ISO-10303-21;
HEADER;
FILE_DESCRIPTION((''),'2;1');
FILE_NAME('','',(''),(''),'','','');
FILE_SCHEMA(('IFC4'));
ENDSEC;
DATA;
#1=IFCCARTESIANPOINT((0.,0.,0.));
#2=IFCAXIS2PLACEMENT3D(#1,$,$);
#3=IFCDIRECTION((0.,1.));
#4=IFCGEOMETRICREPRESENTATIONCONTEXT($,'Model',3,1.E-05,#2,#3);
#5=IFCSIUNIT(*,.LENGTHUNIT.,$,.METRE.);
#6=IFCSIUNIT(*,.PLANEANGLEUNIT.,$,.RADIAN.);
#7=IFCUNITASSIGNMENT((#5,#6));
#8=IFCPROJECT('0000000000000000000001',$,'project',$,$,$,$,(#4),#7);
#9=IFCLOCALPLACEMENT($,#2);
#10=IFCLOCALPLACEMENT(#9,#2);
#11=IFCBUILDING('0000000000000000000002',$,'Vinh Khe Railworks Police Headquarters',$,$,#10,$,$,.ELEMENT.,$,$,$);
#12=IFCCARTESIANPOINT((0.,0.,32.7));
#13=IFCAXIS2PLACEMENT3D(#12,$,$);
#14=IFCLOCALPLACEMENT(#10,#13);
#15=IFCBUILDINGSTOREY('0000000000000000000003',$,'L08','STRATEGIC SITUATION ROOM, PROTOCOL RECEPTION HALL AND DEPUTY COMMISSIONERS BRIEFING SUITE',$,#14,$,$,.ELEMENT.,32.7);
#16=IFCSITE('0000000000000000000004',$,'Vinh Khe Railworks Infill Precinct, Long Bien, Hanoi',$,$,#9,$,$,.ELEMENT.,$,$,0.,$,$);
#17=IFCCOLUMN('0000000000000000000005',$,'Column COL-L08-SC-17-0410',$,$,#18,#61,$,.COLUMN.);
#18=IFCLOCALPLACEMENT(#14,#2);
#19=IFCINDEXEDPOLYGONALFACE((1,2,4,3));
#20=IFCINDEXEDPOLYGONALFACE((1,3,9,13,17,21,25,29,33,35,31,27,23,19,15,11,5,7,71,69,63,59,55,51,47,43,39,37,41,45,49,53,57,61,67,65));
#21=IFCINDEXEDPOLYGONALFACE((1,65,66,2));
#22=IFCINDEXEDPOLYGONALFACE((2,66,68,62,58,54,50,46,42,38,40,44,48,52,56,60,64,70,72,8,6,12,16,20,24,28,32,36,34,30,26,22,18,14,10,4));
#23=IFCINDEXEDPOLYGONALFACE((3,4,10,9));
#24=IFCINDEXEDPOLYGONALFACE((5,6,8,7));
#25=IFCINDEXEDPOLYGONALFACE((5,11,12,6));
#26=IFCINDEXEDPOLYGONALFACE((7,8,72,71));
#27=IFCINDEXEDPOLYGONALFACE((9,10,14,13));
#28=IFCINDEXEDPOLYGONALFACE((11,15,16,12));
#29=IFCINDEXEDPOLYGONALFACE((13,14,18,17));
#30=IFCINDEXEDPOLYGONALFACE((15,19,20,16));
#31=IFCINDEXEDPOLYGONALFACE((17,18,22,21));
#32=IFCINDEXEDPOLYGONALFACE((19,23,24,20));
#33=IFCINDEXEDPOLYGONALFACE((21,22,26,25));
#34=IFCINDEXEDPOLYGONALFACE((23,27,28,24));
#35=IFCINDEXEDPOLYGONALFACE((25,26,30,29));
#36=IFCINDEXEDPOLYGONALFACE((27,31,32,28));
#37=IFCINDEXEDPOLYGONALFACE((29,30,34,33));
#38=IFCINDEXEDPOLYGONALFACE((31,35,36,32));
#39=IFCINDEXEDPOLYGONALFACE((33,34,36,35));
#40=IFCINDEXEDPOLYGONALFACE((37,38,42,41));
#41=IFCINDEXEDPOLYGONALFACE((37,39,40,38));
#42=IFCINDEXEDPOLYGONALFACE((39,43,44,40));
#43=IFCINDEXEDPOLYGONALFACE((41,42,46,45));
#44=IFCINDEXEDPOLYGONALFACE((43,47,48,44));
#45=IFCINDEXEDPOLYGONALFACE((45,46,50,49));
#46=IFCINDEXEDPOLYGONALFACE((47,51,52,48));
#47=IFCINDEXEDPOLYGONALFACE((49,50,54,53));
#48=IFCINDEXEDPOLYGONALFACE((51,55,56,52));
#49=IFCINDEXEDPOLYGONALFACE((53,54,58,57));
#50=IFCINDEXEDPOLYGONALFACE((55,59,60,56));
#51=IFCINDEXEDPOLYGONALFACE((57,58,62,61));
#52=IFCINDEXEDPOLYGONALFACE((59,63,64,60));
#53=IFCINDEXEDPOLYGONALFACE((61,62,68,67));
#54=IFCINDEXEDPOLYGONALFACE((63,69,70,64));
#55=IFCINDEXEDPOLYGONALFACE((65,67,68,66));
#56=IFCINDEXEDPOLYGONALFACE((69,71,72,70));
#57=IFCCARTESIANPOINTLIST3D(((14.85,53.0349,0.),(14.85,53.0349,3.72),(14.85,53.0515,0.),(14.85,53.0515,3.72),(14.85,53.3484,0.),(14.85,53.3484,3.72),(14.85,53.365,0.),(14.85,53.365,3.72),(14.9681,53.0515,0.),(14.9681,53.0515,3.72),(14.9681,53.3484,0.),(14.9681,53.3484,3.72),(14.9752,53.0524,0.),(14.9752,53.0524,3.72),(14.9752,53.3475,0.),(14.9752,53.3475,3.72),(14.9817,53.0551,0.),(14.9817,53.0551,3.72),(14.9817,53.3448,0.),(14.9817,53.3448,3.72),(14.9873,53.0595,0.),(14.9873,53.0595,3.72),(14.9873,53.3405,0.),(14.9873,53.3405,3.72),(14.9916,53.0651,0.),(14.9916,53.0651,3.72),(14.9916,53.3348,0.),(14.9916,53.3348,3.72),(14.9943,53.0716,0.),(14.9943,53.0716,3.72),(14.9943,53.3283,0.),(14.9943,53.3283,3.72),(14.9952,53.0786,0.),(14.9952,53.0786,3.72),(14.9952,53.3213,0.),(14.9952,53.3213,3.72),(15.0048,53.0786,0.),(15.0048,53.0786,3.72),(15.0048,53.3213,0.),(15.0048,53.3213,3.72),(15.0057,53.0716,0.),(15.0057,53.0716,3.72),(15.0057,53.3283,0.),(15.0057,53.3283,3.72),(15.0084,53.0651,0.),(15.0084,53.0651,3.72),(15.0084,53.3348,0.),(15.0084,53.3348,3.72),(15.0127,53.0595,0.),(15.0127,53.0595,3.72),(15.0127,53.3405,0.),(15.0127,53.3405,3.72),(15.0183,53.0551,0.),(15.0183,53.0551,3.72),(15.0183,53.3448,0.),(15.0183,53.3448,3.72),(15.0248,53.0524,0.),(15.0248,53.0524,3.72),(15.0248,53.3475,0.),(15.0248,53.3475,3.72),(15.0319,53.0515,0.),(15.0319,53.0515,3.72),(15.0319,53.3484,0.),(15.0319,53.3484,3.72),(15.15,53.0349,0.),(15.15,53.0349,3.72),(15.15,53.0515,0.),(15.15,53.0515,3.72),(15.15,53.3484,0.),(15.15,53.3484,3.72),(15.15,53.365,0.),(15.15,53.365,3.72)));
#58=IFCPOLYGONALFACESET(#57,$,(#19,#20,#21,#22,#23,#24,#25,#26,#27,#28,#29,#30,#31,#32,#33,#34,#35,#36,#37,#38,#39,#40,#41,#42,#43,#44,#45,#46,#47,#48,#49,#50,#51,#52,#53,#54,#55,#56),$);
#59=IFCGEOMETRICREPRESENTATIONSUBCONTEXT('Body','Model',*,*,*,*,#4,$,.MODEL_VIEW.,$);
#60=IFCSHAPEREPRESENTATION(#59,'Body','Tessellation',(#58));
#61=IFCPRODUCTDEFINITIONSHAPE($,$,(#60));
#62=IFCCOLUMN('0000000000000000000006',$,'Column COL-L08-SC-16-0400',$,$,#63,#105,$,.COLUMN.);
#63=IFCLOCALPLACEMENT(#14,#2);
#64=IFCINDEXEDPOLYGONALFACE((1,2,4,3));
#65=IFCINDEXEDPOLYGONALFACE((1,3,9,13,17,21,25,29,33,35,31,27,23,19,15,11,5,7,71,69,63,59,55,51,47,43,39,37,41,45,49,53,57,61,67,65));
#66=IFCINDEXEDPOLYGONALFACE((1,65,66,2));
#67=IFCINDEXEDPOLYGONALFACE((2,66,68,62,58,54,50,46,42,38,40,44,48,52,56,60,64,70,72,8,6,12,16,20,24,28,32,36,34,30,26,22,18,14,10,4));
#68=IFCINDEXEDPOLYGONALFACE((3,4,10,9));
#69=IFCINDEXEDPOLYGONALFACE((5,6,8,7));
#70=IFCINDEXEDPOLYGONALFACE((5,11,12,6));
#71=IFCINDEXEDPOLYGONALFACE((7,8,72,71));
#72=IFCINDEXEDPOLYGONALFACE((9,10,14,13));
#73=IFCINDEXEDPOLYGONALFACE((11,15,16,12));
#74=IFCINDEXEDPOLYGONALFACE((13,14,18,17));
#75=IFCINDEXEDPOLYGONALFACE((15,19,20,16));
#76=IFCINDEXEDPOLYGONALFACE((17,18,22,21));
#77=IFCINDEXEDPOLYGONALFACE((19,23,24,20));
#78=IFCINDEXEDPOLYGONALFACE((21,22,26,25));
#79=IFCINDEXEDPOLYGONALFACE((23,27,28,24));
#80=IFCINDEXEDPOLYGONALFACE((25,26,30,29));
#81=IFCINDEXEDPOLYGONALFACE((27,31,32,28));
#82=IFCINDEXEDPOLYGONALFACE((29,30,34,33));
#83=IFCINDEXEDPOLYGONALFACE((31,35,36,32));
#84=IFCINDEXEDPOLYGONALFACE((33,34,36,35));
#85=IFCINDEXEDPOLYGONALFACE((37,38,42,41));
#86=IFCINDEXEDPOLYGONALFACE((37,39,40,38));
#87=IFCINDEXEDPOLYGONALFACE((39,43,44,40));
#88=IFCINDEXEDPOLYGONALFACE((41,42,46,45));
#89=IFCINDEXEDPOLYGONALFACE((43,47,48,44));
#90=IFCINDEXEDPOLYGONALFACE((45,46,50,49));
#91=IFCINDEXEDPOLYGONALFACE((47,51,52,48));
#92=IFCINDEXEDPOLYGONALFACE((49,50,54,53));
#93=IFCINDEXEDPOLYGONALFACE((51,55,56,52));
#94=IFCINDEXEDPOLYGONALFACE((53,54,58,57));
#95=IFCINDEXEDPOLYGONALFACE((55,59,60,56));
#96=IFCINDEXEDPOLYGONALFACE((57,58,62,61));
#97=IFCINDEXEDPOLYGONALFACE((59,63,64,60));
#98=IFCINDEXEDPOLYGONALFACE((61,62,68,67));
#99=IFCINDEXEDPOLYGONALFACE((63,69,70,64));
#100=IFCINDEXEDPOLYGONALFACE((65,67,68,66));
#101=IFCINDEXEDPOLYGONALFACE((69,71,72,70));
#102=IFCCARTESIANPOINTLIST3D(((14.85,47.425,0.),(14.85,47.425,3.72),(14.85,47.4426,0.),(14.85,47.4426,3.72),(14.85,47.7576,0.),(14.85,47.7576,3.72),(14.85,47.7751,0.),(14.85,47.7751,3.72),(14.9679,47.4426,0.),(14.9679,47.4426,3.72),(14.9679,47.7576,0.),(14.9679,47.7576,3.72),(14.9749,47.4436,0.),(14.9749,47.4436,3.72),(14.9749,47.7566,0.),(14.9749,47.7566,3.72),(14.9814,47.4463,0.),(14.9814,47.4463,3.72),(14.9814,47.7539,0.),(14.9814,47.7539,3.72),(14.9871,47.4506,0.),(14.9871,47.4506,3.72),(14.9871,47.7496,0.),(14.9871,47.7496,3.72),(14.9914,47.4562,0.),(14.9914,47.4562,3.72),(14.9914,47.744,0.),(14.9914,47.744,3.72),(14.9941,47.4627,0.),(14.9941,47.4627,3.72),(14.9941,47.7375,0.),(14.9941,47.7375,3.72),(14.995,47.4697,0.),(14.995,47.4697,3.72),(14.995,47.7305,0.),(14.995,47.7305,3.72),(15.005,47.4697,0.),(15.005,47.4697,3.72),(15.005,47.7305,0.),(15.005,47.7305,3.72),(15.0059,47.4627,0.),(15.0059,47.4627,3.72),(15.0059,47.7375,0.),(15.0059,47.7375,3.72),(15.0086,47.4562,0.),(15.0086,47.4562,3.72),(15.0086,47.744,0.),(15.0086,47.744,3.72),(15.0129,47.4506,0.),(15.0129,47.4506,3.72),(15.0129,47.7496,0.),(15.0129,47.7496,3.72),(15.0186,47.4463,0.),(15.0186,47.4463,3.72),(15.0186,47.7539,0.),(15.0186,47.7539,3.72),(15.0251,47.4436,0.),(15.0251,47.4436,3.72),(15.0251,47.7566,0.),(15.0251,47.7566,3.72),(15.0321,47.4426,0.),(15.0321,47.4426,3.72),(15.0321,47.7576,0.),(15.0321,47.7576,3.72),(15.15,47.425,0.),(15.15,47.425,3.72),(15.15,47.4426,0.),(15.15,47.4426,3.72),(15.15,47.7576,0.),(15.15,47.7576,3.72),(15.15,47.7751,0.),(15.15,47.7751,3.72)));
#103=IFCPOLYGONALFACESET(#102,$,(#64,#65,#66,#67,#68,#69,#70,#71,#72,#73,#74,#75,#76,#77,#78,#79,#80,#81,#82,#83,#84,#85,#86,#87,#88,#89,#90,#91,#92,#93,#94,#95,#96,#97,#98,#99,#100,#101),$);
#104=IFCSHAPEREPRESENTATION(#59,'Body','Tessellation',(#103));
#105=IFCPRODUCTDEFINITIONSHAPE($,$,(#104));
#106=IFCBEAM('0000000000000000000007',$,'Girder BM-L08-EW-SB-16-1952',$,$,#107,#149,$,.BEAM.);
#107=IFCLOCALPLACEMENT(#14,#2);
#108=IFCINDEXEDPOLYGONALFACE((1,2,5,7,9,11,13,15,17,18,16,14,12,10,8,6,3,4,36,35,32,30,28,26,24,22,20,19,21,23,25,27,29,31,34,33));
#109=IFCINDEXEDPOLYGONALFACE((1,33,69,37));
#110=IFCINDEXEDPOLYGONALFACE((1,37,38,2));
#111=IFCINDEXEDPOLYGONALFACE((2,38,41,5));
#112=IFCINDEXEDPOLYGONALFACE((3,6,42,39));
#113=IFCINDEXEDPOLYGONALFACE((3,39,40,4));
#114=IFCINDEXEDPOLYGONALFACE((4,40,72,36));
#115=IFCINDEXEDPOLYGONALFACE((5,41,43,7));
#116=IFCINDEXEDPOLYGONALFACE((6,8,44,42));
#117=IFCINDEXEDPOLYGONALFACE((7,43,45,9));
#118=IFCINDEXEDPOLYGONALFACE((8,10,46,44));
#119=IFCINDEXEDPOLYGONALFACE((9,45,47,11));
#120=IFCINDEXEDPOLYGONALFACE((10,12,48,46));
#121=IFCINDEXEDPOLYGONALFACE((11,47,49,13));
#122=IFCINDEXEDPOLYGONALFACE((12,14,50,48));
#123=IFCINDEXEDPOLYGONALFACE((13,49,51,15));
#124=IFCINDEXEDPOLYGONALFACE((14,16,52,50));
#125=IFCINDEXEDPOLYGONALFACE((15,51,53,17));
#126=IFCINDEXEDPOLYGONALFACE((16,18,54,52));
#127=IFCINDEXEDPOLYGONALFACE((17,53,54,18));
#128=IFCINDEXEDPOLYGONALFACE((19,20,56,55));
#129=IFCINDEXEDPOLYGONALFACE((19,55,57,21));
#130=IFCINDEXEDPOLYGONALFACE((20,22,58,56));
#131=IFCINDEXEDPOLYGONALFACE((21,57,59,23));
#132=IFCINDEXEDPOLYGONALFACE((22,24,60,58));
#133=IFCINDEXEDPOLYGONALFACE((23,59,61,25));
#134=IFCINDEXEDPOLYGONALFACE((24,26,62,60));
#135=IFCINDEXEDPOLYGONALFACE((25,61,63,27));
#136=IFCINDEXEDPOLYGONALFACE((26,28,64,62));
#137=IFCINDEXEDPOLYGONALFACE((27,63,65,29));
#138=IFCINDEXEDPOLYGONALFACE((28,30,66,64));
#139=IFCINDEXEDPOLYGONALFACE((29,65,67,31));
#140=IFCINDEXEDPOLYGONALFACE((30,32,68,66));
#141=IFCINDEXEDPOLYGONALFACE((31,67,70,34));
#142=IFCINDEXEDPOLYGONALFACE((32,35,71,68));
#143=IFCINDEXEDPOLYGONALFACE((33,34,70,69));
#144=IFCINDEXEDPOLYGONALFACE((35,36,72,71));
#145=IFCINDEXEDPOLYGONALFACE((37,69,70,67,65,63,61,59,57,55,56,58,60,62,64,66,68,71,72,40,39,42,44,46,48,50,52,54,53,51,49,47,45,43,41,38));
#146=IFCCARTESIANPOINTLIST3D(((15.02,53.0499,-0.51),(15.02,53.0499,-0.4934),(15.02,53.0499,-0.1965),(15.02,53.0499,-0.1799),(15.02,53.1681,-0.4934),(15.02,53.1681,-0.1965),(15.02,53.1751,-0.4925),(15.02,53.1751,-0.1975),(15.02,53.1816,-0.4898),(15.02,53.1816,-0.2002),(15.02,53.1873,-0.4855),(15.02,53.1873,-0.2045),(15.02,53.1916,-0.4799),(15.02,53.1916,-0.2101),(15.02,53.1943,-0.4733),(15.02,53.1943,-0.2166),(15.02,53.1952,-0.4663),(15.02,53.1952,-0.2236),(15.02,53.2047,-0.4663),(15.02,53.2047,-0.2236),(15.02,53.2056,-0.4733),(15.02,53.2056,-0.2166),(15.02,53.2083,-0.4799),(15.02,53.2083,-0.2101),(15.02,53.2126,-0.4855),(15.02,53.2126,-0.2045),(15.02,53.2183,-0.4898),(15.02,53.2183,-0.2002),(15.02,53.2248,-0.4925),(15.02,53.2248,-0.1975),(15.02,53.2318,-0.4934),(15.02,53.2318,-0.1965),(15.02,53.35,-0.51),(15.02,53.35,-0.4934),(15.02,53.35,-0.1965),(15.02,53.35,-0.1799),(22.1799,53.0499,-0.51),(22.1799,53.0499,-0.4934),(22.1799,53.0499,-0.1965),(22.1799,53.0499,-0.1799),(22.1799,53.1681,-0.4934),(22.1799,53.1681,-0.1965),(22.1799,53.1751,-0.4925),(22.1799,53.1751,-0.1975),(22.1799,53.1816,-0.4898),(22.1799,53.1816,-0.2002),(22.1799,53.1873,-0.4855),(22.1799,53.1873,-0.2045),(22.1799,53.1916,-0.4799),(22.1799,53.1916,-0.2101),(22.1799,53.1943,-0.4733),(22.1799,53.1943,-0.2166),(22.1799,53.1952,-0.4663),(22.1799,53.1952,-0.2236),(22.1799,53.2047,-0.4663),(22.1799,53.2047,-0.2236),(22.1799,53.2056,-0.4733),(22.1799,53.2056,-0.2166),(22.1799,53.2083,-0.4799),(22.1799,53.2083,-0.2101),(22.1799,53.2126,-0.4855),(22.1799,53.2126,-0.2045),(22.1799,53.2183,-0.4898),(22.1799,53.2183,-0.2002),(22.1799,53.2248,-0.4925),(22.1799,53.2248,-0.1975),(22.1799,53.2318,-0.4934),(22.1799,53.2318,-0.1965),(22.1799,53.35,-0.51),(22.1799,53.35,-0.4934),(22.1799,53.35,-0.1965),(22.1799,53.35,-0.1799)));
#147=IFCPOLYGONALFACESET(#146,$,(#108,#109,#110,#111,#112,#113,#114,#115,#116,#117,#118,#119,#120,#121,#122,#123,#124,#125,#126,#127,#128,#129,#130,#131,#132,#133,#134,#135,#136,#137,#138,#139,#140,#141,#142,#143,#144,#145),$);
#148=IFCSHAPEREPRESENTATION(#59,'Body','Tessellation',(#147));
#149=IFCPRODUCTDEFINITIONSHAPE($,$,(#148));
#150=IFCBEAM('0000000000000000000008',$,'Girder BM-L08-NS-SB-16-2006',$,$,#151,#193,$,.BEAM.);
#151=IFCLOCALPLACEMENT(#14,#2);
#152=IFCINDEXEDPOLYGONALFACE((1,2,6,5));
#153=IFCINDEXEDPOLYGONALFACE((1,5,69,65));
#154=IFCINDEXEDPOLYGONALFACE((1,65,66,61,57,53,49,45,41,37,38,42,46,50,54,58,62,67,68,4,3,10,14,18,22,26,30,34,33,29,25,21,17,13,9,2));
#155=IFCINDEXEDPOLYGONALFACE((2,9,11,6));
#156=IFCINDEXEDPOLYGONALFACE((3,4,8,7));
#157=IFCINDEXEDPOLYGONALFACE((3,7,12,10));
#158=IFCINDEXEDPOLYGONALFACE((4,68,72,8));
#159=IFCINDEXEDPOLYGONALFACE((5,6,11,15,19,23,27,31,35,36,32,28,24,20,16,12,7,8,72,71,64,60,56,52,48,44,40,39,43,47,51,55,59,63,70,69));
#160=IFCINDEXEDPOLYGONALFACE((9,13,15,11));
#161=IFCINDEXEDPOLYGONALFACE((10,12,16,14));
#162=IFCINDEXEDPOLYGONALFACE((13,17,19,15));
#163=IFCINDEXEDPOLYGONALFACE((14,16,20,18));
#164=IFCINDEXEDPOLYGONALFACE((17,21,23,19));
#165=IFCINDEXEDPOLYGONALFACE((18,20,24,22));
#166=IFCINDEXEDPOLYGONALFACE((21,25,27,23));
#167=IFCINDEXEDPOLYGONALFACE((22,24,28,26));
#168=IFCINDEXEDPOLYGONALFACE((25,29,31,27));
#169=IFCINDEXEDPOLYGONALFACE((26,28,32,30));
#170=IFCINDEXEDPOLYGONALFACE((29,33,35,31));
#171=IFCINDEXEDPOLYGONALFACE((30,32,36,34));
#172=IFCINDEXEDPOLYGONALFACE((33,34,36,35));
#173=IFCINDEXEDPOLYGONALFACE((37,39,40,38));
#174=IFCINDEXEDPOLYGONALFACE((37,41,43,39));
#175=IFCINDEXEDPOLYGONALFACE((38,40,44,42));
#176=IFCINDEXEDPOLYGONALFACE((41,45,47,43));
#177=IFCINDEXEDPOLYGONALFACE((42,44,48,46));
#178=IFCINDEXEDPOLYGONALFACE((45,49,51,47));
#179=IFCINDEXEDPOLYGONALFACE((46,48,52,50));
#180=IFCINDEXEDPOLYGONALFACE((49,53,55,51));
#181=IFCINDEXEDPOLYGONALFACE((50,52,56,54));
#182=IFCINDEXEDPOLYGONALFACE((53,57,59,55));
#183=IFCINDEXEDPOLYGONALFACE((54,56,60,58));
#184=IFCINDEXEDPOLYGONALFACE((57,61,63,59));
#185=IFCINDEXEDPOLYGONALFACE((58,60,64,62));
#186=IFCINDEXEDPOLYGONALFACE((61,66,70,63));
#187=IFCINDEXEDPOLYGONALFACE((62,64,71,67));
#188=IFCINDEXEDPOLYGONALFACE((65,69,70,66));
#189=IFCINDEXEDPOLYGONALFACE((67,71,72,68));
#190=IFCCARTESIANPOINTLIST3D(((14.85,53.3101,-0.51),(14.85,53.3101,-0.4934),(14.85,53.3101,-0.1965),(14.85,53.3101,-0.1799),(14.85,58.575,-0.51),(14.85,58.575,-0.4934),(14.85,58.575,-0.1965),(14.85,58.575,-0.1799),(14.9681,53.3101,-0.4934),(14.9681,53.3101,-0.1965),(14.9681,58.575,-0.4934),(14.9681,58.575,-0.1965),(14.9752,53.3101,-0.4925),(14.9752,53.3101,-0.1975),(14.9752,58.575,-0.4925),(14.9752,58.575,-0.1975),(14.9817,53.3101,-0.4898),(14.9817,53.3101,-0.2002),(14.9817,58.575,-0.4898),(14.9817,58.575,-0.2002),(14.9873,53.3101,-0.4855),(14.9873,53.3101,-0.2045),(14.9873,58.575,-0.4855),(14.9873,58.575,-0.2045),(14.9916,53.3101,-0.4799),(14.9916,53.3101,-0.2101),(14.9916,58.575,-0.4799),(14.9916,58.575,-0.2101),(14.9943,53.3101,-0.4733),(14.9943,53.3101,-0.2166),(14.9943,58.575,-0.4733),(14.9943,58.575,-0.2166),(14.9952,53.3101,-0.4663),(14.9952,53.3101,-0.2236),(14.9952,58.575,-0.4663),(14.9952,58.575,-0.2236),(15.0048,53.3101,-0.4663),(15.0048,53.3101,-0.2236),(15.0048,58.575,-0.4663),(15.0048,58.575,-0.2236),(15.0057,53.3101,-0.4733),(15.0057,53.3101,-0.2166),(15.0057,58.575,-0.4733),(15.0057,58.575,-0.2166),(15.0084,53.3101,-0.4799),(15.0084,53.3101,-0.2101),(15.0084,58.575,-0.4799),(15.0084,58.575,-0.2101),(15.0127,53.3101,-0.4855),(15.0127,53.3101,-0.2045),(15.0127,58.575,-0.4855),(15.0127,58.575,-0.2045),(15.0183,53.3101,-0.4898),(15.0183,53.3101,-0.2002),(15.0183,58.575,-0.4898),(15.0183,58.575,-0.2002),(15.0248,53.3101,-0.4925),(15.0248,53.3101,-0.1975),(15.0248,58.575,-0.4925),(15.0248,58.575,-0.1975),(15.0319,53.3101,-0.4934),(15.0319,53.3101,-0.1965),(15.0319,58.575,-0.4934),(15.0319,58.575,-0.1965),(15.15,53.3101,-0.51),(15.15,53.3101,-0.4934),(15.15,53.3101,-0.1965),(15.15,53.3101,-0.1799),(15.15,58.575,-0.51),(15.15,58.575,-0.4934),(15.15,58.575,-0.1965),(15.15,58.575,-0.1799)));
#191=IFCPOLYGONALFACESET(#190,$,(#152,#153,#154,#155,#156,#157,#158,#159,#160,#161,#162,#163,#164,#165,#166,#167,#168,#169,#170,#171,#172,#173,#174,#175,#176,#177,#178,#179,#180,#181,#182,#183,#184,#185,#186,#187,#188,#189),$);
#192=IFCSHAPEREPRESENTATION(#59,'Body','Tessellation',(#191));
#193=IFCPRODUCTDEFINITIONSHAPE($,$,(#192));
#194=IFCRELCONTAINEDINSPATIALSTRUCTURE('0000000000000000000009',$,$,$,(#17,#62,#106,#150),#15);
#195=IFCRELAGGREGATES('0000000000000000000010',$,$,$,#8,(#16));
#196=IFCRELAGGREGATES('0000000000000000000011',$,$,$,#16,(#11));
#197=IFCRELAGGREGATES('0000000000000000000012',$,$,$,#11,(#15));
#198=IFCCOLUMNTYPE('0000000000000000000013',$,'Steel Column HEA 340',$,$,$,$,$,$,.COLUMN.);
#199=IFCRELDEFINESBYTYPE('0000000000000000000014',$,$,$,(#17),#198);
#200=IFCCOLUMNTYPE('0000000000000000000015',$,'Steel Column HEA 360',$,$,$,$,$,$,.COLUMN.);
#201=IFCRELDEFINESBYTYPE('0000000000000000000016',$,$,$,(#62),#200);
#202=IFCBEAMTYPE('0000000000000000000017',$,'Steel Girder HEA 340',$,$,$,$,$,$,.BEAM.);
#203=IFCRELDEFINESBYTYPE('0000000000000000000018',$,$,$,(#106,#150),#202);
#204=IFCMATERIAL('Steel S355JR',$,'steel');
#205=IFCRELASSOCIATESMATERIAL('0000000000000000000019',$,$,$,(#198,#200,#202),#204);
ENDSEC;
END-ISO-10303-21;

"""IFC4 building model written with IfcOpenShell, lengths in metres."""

from ifc_helpers import new_model, si_unit, direction, frame, origin, origin_2d, place, context, subcontext, project, spatial, i_section, extrude, material, material_profile, profile_set, type_object, element, save


model = new_model("IFC4")

# Units and contexts
model_context = context("Model", 3, precision=1e-05, world=origin(), true_north=direction((0.0, 1.0)))
body_context = subcontext(model_context, "Body", "Model", "MODEL_VIEW")
ifc_project = project(units=[si_unit("LENGTHUNIT", "METRE"), si_unit("PLANEANGLEUNIT", "RADIAN")], contexts=[model_context])

# Site, building, storey
site_placement = place(None, origin())
site = spatial("IfcSite", under=ifc_project, at=site_placement, Name="Vinh Khe Railworks Infill Precinct, Long Bien, Hanoi", CompositionType="ELEMENT", RefElevation=0.0)
building_placement = place(site_placement, origin())
building = spatial("IfcBuilding", under=site, at=building_placement, Name="Vinh Khe Railworks Police Headquarters", CompositionType="ELEMENT")
storey_placement = place(building_placement, frame((0.0, 0.0, 32.7)))
storey = spatial("IfcBuildingStorey", under=building, at=storey_placement, Name="L08", Description="STRATEGIC SITUATION ROOM, PROTOCOL RECEPTION HALL AND DEPUTY COMMISSIONERS BRIEFING SUITE", CompositionType="ELEMENT", Elevation=32.7)

# Columns
ifc_material_1 = material(Name="Steel S355JR", Category="steel")
ifc_material_profile_1 = material_profile(ifc_material_1, i_section(OverallWidth=0.3, OverallDepth=0.3301, WebThickness=0.0095, FlangeThickness=0.0166, FilletRadius=0.0271, at=origin_2d()), Name="HEA 340")
ifc_profile_set_1 = profile_set([ifc_material_profile_1], Name="Steel S355JR")
column_type_1 = type_object("IfcColumnType", Name="Steel Column HEA 340", PredefinedType="COLUMN", material=ifc_profile_set_1)
column_1_placement = place(storey_placement, frame((15.0, 53.2, 0.0), z_axis=(0.0, 0.0, 1.0), x_axis=(1.0, 0.0, 0.0)))
element("IfcColumn", 1, at=column_1_placement, inside=storey, type_object=column_type_1, Name="Column COL-L08-SC-17-0410", PredefinedType="COLUMN", context=body_context, shape_type="SweptSolid", body=[
    extrude(i_section(OverallWidth=0.3, OverallDepth=0.3301, WebThickness=0.0095, FlangeThickness=0.0166, FilletRadius=0.0271, at=origin_2d()), origin(), (0.0, 0.0, 1.0), 3.72),
])
ifc_material_profile_2 = material_profile(ifc_material_1, i_section(OverallWidth=0.3, OverallDepth=0.3501, WebThickness=0.01, FlangeThickness=0.0176, FilletRadius=0.0271, at=origin_2d()), Name="HEA 360")
ifc_profile_set_2 = profile_set([ifc_material_profile_2], Name="Steel S355JR")
column_type_2 = type_object("IfcColumnType", Name="Steel Column HEA 360", PredefinedType="COLUMN", material=ifc_profile_set_2)
column_2_placement = place(storey_placement, frame((15.0, 47.6001, 0.0), z_axis=(0.0, 0.0, 1.0), x_axis=(1.0, 0.0, 0.0)))
element("IfcColumn", 2, at=column_2_placement, inside=storey, type_object=column_type_2, Name="Column COL-L08-SC-16-0400", PredefinedType="COLUMN", context=body_context, shape_type="SweptSolid", body=[
    extrude(i_section(OverallWidth=0.3, OverallDepth=0.3501, WebThickness=0.01, FlangeThickness=0.0176, FilletRadius=0.0271, at=origin_2d()), origin(), (0.0, 0.0, 1.0), 3.72),
])

# Beams
ifc_material_profile_3 = material_profile(ifc_material_1, i_section(OverallWidth=0.3, OverallDepth=0.3301, WebThickness=0.0095, FlangeThickness=0.0166, FilletRadius=0.0271, at=origin_2d()), Name="HEA 340")
ifc_profile_set_3 = profile_set([ifc_material_profile_3], Name="Steel S355JR")
beam_type_1 = type_object("IfcBeamType", Name="Steel Girder HEA 340", PredefinedType="BEAM", material=ifc_profile_set_3)
beam_1_placement = place(storey_placement, frame((15.02, 53.2, -0.345), z_axis=(1.0, 0.0, 0.0), x_axis=(0.0, 1.0, 0.0)))
element("IfcBeam", 3, at=beam_1_placement, inside=storey, type_object=beam_type_1, Name="Girder BM-L08-EW-SB-16-1952", PredefinedType="BEAM", context=body_context, shape_type="SweptSolid", body=[
    extrude(i_section(OverallWidth=0.3, OverallDepth=0.3301, WebThickness=0.0095, FlangeThickness=0.0166, FilletRadius=0.0271, at=origin_2d()), origin(), (0.0, 0.0, 1.0), 7.1599),
])
beam_2_placement = place(storey_placement, frame((15.0, 53.3101, -0.345), z_axis=(0.0, 1.0, 0.0), x_axis=(-1.0, 0.0, 0.0)))
element("IfcBeam", 4, at=beam_2_placement, inside=storey, type_object=beam_type_1, Name="Girder BM-L08-NS-SB-16-2006", PredefinedType="BEAM", context=body_context, shape_type="SweptSolid", body=[
    extrude(i_section(OverallWidth=0.3, OverallDepth=0.3301, WebThickness=0.0095, FlangeThickness=0.0166, FilletRadius=0.0271, at=origin_2d()), origin(), (0.0, 0.0, 1.0), 5.2649),
])

save(model, "model.ifc")
